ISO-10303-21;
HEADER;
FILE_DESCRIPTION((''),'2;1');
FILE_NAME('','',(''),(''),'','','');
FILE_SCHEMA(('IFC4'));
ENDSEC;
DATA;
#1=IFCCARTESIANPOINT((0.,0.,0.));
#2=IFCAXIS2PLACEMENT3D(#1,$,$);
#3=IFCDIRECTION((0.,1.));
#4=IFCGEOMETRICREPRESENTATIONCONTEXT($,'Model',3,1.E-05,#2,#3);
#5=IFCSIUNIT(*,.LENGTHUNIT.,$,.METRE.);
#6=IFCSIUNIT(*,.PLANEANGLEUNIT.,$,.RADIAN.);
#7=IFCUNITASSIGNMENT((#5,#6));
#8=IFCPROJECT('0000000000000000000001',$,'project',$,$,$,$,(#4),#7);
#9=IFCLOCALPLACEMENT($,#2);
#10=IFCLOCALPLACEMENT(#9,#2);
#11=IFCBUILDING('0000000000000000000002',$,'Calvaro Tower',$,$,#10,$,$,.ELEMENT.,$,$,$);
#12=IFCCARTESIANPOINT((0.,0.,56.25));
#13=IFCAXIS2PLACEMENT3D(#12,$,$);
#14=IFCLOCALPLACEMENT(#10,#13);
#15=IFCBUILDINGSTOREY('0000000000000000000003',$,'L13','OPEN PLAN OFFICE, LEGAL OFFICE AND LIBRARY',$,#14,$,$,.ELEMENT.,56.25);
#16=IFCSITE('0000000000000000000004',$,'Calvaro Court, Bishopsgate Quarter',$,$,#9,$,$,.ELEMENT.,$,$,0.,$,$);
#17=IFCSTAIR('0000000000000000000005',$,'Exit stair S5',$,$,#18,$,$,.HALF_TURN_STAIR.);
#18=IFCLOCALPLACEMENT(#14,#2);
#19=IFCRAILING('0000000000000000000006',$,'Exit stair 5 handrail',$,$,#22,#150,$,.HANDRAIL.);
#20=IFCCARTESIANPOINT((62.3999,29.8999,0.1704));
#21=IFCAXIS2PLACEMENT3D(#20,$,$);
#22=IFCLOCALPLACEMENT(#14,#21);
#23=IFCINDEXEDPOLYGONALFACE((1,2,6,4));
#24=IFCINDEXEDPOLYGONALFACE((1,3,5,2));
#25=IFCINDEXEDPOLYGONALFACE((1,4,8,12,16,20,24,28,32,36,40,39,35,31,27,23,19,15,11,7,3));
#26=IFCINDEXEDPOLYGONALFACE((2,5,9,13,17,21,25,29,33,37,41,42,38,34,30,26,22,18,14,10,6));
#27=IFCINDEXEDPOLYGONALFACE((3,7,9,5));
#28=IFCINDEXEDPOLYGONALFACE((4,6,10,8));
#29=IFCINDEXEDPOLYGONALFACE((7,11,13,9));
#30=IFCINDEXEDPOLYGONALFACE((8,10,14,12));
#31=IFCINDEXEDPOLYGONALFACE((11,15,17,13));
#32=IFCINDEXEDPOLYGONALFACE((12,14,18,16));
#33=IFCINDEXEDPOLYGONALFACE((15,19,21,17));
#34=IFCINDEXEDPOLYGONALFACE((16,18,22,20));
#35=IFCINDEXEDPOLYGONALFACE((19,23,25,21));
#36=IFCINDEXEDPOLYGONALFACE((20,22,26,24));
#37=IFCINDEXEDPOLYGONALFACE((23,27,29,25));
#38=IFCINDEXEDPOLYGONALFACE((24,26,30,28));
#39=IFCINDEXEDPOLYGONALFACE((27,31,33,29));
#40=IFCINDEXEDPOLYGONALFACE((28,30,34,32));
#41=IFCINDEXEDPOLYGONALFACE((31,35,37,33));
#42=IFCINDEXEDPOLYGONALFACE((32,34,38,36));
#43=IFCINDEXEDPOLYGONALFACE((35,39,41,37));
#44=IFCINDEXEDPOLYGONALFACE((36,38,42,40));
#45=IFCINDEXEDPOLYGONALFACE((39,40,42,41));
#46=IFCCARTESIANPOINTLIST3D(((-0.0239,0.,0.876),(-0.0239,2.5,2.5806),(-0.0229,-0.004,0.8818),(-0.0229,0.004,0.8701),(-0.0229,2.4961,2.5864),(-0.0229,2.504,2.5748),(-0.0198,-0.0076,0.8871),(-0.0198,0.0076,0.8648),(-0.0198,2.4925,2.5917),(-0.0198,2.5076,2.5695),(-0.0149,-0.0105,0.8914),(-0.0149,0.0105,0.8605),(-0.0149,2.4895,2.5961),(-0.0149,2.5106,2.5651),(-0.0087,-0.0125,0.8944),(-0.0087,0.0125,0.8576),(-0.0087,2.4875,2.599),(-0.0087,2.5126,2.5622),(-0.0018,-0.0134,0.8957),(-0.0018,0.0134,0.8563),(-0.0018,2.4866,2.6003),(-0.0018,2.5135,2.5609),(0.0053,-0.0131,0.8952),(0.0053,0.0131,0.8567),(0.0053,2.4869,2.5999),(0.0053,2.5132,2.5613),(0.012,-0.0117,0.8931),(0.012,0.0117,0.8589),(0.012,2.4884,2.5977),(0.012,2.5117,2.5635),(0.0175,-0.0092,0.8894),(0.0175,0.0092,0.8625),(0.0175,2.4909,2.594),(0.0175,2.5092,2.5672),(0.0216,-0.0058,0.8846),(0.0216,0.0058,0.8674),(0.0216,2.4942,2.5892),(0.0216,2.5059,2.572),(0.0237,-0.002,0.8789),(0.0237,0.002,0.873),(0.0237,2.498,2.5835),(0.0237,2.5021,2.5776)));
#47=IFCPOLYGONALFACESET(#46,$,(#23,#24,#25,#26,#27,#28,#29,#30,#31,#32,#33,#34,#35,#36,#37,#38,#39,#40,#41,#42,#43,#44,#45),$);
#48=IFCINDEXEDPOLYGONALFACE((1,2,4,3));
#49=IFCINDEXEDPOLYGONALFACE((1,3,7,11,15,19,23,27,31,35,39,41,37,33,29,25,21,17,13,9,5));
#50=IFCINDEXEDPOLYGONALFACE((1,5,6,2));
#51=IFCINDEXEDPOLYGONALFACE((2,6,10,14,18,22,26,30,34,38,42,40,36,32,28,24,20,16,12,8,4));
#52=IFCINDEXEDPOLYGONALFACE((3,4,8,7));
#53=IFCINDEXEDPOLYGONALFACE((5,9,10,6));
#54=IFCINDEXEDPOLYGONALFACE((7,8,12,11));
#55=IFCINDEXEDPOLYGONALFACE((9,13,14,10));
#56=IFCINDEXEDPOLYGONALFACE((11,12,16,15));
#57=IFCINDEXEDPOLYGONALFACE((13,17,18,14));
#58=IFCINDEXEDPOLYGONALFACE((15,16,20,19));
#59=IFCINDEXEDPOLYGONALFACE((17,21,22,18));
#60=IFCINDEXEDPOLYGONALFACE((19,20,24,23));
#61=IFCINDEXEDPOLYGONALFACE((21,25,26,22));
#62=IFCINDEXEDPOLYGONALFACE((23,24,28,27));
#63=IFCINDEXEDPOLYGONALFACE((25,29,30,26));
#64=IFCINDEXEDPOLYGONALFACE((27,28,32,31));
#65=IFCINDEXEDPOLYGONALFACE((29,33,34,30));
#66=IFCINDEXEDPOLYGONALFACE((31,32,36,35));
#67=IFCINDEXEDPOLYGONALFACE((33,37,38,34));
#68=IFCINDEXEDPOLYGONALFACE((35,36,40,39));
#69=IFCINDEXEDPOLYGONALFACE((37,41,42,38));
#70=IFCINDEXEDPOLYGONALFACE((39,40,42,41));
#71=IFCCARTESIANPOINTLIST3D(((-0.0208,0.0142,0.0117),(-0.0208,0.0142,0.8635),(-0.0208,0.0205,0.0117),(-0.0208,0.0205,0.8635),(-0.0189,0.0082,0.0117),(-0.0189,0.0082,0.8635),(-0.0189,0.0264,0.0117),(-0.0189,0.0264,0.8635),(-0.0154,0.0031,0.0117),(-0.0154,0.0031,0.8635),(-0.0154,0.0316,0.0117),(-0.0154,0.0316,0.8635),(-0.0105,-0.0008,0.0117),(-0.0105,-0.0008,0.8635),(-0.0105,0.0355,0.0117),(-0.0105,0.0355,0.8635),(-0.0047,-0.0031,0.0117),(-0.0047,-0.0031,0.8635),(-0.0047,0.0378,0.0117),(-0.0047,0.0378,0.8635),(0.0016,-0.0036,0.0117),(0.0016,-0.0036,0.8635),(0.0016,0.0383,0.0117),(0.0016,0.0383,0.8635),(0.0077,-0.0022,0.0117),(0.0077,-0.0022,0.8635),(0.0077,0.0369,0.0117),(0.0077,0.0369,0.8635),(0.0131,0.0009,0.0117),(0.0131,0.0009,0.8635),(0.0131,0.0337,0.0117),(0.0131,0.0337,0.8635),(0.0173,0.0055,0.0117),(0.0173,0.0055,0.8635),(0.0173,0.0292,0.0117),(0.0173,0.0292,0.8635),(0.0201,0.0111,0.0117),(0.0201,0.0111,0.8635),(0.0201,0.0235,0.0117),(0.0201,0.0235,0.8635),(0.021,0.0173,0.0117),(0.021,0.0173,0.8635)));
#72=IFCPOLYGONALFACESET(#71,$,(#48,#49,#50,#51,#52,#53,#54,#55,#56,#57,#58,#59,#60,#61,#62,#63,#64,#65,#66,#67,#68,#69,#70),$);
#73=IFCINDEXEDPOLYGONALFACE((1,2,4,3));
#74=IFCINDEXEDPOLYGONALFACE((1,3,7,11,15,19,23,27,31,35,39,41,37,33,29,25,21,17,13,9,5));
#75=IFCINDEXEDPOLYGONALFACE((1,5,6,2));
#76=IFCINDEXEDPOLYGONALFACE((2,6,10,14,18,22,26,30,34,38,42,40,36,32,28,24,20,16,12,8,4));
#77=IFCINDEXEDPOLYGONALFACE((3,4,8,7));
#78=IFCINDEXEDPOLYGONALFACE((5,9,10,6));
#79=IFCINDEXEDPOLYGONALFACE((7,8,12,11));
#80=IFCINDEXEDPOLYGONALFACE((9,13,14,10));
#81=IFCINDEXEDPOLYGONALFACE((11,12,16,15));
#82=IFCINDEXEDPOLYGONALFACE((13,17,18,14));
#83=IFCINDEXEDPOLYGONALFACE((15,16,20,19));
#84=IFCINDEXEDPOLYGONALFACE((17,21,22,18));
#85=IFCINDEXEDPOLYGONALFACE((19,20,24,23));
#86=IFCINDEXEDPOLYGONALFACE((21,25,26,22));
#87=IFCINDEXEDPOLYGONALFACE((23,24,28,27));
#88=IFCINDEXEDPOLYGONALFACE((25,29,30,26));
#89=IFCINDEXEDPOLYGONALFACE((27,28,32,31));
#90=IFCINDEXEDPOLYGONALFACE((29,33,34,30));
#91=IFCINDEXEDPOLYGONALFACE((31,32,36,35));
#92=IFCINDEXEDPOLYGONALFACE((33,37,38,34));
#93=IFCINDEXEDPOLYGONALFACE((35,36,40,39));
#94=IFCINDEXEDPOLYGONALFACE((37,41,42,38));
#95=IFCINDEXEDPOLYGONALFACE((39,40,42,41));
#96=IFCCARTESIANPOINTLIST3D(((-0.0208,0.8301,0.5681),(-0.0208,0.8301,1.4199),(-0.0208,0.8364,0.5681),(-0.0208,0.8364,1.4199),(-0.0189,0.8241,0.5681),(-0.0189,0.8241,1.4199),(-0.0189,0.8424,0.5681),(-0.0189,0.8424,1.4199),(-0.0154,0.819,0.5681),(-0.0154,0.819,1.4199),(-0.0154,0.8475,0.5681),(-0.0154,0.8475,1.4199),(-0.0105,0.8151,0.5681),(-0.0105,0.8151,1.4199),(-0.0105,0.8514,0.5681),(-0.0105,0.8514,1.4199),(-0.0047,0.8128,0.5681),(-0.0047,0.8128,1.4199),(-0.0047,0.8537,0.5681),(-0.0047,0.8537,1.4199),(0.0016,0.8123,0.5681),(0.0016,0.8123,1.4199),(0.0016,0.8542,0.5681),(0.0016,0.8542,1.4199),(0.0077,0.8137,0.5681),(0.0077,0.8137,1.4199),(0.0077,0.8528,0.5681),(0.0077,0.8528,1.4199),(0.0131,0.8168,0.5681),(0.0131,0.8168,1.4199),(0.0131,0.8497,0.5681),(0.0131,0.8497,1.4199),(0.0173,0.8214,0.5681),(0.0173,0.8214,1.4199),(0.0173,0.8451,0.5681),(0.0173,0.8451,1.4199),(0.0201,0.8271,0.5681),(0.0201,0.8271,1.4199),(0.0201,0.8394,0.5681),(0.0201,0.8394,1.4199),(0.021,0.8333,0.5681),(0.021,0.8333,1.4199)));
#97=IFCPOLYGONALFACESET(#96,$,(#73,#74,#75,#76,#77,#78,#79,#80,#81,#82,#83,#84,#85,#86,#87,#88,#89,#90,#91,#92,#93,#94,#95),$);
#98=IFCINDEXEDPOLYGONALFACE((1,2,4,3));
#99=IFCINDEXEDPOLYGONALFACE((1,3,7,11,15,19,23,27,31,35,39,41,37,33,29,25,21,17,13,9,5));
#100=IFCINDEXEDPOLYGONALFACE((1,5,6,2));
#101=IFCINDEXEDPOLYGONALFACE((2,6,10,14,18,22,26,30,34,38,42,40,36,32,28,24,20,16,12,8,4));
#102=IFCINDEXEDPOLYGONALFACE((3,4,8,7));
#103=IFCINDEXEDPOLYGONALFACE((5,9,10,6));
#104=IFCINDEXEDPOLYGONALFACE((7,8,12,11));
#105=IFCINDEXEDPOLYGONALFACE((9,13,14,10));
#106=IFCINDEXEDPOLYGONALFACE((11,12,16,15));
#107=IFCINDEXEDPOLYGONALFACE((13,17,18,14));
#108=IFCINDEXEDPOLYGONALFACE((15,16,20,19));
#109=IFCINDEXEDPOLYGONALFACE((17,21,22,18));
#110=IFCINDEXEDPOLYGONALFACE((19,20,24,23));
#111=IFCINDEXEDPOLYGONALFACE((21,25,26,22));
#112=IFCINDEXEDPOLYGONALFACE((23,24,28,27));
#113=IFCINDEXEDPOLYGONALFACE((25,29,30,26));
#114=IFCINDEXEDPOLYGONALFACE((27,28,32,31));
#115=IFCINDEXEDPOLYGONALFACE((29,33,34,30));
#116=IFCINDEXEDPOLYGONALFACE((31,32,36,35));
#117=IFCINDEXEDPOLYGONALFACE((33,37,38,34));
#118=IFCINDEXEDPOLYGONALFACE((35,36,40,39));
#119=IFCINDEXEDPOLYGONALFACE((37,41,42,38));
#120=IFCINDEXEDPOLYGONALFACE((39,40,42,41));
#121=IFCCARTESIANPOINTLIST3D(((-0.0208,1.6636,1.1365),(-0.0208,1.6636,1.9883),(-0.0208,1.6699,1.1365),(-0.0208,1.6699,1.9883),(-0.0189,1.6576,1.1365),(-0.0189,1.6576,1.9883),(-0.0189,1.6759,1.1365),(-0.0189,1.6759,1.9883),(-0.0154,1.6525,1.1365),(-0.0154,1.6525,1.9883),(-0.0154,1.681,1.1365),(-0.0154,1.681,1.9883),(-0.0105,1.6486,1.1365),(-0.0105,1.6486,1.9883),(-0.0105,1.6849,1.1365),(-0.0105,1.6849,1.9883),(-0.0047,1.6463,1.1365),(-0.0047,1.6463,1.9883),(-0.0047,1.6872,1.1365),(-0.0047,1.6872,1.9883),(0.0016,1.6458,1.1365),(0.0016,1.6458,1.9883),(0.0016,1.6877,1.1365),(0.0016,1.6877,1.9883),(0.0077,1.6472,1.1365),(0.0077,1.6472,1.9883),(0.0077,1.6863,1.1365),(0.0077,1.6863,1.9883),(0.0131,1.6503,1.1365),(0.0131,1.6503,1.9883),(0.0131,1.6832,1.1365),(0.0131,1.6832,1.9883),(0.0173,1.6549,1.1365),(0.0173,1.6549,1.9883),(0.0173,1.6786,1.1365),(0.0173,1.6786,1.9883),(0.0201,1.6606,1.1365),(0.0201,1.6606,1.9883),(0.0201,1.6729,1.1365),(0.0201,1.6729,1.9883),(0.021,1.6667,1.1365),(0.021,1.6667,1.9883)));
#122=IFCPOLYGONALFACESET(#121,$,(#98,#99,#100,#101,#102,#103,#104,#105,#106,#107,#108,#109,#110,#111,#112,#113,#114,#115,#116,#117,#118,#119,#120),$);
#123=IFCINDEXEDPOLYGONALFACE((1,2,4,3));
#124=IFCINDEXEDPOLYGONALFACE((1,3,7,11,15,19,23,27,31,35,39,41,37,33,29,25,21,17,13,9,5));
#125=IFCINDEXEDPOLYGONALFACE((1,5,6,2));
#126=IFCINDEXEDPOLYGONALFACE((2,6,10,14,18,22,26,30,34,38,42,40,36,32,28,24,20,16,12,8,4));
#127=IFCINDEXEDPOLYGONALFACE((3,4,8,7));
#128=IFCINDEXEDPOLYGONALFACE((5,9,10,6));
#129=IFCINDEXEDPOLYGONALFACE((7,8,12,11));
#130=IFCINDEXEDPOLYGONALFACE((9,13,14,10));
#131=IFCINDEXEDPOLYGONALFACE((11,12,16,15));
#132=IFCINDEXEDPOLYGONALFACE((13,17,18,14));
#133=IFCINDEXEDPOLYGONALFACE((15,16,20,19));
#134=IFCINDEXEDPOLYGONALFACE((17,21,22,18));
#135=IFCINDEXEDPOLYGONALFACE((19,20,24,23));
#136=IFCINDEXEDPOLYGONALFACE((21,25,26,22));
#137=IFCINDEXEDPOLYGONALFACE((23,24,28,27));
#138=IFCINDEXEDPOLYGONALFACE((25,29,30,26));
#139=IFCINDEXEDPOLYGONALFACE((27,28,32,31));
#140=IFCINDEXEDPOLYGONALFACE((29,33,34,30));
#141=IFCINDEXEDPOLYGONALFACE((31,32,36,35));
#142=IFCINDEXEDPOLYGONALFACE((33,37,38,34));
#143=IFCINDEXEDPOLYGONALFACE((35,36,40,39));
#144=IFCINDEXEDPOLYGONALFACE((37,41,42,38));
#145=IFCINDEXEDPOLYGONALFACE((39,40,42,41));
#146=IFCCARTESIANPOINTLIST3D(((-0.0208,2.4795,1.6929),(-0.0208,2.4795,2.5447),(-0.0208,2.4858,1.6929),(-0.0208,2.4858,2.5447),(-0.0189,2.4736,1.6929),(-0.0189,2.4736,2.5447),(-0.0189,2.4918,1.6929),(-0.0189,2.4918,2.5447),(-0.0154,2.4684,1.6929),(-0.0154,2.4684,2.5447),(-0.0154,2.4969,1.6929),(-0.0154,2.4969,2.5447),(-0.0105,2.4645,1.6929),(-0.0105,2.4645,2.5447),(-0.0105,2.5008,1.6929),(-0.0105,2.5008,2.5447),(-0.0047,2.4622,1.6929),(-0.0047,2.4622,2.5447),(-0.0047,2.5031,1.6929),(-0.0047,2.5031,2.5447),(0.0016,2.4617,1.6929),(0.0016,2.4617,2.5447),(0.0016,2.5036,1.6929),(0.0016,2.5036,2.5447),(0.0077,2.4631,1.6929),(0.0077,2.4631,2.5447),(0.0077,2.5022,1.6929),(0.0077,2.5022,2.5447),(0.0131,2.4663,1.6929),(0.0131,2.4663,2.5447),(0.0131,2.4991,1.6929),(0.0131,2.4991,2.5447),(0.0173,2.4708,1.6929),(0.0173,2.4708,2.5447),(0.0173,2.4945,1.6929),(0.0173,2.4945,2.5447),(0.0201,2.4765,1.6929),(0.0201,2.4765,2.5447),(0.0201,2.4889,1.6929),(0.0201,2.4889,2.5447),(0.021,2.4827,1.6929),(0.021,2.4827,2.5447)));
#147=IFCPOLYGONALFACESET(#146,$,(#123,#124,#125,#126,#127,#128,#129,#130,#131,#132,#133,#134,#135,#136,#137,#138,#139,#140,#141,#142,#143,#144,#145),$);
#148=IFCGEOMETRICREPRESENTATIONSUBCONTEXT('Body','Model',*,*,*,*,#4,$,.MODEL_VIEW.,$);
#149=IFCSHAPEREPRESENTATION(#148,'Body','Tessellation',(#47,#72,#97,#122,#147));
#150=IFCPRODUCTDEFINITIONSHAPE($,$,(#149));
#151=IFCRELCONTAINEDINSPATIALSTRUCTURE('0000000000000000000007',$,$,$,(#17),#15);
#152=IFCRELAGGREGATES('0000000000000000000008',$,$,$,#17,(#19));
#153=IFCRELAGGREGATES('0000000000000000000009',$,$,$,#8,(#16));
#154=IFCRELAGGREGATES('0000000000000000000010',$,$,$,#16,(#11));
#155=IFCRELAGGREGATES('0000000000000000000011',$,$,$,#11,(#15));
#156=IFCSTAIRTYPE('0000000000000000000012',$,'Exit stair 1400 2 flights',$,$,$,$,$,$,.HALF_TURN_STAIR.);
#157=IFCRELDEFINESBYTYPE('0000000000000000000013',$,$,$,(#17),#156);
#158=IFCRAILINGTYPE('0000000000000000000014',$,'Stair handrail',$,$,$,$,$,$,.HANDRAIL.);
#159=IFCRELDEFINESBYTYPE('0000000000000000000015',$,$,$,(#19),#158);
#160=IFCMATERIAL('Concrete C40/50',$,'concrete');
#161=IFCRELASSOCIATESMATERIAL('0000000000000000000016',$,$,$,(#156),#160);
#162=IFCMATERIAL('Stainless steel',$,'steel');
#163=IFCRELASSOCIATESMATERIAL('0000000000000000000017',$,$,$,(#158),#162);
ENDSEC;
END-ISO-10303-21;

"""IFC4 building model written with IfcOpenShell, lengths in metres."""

from ifc_helpers import new_model, si_unit, direction, frame, origin, origin_2d, place, context, subcontext, project, spatial, circle, extrude, material, type_object, element, aggregate, save


model = new_model("IFC4")

# Units and contexts
model_context = context("Model", 3, precision=1e-05, world=origin(), true_north=direction((0.0, 1.0)))
body_context = subcontext(model_context, "Body", "Model", "MODEL_VIEW")
ifc_project = project(units=[si_unit("LENGTHUNIT", "METRE"), si_unit("PLANEANGLEUNIT", "RADIAN")], contexts=[model_context])

# Site, building, storey
site_placement = place(None, origin())
site = spatial("IfcSite", under=ifc_project, at=site_placement, Name="Calvaro Court, Bishopsgate Quarter", CompositionType="ELEMENT", RefElevation=0.0)
building_placement = place(site_placement, origin())
building = spatial("IfcBuilding", under=site, at=building_placement, Name="Calvaro Tower", CompositionType="ELEMENT")
storey_placement = place(building_placement, frame((0.0, 0.0, 56.25)))
storey = spatial("IfcBuildingStorey", under=building, at=storey_placement, Name="L13", Description="OPEN PLAN OFFICE, LEGAL OFFICE AND LIBRARY", CompositionType="ELEMENT", Elevation=56.25)

# Stair
ifc_material_1 = material(Name="Concrete C40/50", Category="concrete")
stair_type = type_object("IfcStairType", Name="Exit stair 1400 2 flights", PredefinedType="HALF_TURN_STAIR", material=ifc_material_1)
stair_1_placement = place(storey_placement, origin())
stair_1 = element("IfcStair", 1, at=stair_1_placement, inside=storey, type_object=stair_type, Name="Exit stair S5", PredefinedType="HALF_TURN_STAIR")

# Shared definitions
ifc_material_2 = material(Name="Stainless steel", Category="steel")
railing_type = type_object("IfcRailingType", Name="Stair handrail", PredefinedType="HANDRAIL", material=ifc_material_2)

# Railing
railing_1_placement = place(storey_placement, frame((62.3999, 29.8999, 0.1704)))
railing_1 = element("IfcRailing", 2, at=railing_1_placement, type_object=railing_type, Name="Exit stair 5 handrail", PredefinedType="HANDRAIL", context=body_context, shape_type="SweptSolid", body=[
    extrude(circle(Radius=0.0239, at=origin_2d()), frame((0.0, 0.0, 0.876), z_axis=(0.0, 0.826221, 0.563347), x_axis=(-1.0, 0.0, 0.0)), (0.0, 0.0, 1.0), 3.0259),
    extrude(circle(Radius=0.021, at=origin_2d()), frame((0.0, 0.0173, 0.0117)), (0.0, 0.0, 1.0), 0.8518),
    extrude(circle(Radius=0.021, at=origin_2d()), frame((0.0, 0.8333, 0.5681)), (0.0, 0.0, 1.0), 0.8518),
    extrude(circle(Radius=0.021, at=origin_2d()), frame((0.0, 1.6667, 1.1365)), (0.0, 0.0, 1.0), 0.8518),
    extrude(circle(Radius=0.021, at=origin_2d()), frame((0.0, 2.4827, 1.6929)), (0.0, 0.0, 1.0), 0.8518),
])
aggregate(stair_1, [railing_1])

save(model, "model.ifc")
